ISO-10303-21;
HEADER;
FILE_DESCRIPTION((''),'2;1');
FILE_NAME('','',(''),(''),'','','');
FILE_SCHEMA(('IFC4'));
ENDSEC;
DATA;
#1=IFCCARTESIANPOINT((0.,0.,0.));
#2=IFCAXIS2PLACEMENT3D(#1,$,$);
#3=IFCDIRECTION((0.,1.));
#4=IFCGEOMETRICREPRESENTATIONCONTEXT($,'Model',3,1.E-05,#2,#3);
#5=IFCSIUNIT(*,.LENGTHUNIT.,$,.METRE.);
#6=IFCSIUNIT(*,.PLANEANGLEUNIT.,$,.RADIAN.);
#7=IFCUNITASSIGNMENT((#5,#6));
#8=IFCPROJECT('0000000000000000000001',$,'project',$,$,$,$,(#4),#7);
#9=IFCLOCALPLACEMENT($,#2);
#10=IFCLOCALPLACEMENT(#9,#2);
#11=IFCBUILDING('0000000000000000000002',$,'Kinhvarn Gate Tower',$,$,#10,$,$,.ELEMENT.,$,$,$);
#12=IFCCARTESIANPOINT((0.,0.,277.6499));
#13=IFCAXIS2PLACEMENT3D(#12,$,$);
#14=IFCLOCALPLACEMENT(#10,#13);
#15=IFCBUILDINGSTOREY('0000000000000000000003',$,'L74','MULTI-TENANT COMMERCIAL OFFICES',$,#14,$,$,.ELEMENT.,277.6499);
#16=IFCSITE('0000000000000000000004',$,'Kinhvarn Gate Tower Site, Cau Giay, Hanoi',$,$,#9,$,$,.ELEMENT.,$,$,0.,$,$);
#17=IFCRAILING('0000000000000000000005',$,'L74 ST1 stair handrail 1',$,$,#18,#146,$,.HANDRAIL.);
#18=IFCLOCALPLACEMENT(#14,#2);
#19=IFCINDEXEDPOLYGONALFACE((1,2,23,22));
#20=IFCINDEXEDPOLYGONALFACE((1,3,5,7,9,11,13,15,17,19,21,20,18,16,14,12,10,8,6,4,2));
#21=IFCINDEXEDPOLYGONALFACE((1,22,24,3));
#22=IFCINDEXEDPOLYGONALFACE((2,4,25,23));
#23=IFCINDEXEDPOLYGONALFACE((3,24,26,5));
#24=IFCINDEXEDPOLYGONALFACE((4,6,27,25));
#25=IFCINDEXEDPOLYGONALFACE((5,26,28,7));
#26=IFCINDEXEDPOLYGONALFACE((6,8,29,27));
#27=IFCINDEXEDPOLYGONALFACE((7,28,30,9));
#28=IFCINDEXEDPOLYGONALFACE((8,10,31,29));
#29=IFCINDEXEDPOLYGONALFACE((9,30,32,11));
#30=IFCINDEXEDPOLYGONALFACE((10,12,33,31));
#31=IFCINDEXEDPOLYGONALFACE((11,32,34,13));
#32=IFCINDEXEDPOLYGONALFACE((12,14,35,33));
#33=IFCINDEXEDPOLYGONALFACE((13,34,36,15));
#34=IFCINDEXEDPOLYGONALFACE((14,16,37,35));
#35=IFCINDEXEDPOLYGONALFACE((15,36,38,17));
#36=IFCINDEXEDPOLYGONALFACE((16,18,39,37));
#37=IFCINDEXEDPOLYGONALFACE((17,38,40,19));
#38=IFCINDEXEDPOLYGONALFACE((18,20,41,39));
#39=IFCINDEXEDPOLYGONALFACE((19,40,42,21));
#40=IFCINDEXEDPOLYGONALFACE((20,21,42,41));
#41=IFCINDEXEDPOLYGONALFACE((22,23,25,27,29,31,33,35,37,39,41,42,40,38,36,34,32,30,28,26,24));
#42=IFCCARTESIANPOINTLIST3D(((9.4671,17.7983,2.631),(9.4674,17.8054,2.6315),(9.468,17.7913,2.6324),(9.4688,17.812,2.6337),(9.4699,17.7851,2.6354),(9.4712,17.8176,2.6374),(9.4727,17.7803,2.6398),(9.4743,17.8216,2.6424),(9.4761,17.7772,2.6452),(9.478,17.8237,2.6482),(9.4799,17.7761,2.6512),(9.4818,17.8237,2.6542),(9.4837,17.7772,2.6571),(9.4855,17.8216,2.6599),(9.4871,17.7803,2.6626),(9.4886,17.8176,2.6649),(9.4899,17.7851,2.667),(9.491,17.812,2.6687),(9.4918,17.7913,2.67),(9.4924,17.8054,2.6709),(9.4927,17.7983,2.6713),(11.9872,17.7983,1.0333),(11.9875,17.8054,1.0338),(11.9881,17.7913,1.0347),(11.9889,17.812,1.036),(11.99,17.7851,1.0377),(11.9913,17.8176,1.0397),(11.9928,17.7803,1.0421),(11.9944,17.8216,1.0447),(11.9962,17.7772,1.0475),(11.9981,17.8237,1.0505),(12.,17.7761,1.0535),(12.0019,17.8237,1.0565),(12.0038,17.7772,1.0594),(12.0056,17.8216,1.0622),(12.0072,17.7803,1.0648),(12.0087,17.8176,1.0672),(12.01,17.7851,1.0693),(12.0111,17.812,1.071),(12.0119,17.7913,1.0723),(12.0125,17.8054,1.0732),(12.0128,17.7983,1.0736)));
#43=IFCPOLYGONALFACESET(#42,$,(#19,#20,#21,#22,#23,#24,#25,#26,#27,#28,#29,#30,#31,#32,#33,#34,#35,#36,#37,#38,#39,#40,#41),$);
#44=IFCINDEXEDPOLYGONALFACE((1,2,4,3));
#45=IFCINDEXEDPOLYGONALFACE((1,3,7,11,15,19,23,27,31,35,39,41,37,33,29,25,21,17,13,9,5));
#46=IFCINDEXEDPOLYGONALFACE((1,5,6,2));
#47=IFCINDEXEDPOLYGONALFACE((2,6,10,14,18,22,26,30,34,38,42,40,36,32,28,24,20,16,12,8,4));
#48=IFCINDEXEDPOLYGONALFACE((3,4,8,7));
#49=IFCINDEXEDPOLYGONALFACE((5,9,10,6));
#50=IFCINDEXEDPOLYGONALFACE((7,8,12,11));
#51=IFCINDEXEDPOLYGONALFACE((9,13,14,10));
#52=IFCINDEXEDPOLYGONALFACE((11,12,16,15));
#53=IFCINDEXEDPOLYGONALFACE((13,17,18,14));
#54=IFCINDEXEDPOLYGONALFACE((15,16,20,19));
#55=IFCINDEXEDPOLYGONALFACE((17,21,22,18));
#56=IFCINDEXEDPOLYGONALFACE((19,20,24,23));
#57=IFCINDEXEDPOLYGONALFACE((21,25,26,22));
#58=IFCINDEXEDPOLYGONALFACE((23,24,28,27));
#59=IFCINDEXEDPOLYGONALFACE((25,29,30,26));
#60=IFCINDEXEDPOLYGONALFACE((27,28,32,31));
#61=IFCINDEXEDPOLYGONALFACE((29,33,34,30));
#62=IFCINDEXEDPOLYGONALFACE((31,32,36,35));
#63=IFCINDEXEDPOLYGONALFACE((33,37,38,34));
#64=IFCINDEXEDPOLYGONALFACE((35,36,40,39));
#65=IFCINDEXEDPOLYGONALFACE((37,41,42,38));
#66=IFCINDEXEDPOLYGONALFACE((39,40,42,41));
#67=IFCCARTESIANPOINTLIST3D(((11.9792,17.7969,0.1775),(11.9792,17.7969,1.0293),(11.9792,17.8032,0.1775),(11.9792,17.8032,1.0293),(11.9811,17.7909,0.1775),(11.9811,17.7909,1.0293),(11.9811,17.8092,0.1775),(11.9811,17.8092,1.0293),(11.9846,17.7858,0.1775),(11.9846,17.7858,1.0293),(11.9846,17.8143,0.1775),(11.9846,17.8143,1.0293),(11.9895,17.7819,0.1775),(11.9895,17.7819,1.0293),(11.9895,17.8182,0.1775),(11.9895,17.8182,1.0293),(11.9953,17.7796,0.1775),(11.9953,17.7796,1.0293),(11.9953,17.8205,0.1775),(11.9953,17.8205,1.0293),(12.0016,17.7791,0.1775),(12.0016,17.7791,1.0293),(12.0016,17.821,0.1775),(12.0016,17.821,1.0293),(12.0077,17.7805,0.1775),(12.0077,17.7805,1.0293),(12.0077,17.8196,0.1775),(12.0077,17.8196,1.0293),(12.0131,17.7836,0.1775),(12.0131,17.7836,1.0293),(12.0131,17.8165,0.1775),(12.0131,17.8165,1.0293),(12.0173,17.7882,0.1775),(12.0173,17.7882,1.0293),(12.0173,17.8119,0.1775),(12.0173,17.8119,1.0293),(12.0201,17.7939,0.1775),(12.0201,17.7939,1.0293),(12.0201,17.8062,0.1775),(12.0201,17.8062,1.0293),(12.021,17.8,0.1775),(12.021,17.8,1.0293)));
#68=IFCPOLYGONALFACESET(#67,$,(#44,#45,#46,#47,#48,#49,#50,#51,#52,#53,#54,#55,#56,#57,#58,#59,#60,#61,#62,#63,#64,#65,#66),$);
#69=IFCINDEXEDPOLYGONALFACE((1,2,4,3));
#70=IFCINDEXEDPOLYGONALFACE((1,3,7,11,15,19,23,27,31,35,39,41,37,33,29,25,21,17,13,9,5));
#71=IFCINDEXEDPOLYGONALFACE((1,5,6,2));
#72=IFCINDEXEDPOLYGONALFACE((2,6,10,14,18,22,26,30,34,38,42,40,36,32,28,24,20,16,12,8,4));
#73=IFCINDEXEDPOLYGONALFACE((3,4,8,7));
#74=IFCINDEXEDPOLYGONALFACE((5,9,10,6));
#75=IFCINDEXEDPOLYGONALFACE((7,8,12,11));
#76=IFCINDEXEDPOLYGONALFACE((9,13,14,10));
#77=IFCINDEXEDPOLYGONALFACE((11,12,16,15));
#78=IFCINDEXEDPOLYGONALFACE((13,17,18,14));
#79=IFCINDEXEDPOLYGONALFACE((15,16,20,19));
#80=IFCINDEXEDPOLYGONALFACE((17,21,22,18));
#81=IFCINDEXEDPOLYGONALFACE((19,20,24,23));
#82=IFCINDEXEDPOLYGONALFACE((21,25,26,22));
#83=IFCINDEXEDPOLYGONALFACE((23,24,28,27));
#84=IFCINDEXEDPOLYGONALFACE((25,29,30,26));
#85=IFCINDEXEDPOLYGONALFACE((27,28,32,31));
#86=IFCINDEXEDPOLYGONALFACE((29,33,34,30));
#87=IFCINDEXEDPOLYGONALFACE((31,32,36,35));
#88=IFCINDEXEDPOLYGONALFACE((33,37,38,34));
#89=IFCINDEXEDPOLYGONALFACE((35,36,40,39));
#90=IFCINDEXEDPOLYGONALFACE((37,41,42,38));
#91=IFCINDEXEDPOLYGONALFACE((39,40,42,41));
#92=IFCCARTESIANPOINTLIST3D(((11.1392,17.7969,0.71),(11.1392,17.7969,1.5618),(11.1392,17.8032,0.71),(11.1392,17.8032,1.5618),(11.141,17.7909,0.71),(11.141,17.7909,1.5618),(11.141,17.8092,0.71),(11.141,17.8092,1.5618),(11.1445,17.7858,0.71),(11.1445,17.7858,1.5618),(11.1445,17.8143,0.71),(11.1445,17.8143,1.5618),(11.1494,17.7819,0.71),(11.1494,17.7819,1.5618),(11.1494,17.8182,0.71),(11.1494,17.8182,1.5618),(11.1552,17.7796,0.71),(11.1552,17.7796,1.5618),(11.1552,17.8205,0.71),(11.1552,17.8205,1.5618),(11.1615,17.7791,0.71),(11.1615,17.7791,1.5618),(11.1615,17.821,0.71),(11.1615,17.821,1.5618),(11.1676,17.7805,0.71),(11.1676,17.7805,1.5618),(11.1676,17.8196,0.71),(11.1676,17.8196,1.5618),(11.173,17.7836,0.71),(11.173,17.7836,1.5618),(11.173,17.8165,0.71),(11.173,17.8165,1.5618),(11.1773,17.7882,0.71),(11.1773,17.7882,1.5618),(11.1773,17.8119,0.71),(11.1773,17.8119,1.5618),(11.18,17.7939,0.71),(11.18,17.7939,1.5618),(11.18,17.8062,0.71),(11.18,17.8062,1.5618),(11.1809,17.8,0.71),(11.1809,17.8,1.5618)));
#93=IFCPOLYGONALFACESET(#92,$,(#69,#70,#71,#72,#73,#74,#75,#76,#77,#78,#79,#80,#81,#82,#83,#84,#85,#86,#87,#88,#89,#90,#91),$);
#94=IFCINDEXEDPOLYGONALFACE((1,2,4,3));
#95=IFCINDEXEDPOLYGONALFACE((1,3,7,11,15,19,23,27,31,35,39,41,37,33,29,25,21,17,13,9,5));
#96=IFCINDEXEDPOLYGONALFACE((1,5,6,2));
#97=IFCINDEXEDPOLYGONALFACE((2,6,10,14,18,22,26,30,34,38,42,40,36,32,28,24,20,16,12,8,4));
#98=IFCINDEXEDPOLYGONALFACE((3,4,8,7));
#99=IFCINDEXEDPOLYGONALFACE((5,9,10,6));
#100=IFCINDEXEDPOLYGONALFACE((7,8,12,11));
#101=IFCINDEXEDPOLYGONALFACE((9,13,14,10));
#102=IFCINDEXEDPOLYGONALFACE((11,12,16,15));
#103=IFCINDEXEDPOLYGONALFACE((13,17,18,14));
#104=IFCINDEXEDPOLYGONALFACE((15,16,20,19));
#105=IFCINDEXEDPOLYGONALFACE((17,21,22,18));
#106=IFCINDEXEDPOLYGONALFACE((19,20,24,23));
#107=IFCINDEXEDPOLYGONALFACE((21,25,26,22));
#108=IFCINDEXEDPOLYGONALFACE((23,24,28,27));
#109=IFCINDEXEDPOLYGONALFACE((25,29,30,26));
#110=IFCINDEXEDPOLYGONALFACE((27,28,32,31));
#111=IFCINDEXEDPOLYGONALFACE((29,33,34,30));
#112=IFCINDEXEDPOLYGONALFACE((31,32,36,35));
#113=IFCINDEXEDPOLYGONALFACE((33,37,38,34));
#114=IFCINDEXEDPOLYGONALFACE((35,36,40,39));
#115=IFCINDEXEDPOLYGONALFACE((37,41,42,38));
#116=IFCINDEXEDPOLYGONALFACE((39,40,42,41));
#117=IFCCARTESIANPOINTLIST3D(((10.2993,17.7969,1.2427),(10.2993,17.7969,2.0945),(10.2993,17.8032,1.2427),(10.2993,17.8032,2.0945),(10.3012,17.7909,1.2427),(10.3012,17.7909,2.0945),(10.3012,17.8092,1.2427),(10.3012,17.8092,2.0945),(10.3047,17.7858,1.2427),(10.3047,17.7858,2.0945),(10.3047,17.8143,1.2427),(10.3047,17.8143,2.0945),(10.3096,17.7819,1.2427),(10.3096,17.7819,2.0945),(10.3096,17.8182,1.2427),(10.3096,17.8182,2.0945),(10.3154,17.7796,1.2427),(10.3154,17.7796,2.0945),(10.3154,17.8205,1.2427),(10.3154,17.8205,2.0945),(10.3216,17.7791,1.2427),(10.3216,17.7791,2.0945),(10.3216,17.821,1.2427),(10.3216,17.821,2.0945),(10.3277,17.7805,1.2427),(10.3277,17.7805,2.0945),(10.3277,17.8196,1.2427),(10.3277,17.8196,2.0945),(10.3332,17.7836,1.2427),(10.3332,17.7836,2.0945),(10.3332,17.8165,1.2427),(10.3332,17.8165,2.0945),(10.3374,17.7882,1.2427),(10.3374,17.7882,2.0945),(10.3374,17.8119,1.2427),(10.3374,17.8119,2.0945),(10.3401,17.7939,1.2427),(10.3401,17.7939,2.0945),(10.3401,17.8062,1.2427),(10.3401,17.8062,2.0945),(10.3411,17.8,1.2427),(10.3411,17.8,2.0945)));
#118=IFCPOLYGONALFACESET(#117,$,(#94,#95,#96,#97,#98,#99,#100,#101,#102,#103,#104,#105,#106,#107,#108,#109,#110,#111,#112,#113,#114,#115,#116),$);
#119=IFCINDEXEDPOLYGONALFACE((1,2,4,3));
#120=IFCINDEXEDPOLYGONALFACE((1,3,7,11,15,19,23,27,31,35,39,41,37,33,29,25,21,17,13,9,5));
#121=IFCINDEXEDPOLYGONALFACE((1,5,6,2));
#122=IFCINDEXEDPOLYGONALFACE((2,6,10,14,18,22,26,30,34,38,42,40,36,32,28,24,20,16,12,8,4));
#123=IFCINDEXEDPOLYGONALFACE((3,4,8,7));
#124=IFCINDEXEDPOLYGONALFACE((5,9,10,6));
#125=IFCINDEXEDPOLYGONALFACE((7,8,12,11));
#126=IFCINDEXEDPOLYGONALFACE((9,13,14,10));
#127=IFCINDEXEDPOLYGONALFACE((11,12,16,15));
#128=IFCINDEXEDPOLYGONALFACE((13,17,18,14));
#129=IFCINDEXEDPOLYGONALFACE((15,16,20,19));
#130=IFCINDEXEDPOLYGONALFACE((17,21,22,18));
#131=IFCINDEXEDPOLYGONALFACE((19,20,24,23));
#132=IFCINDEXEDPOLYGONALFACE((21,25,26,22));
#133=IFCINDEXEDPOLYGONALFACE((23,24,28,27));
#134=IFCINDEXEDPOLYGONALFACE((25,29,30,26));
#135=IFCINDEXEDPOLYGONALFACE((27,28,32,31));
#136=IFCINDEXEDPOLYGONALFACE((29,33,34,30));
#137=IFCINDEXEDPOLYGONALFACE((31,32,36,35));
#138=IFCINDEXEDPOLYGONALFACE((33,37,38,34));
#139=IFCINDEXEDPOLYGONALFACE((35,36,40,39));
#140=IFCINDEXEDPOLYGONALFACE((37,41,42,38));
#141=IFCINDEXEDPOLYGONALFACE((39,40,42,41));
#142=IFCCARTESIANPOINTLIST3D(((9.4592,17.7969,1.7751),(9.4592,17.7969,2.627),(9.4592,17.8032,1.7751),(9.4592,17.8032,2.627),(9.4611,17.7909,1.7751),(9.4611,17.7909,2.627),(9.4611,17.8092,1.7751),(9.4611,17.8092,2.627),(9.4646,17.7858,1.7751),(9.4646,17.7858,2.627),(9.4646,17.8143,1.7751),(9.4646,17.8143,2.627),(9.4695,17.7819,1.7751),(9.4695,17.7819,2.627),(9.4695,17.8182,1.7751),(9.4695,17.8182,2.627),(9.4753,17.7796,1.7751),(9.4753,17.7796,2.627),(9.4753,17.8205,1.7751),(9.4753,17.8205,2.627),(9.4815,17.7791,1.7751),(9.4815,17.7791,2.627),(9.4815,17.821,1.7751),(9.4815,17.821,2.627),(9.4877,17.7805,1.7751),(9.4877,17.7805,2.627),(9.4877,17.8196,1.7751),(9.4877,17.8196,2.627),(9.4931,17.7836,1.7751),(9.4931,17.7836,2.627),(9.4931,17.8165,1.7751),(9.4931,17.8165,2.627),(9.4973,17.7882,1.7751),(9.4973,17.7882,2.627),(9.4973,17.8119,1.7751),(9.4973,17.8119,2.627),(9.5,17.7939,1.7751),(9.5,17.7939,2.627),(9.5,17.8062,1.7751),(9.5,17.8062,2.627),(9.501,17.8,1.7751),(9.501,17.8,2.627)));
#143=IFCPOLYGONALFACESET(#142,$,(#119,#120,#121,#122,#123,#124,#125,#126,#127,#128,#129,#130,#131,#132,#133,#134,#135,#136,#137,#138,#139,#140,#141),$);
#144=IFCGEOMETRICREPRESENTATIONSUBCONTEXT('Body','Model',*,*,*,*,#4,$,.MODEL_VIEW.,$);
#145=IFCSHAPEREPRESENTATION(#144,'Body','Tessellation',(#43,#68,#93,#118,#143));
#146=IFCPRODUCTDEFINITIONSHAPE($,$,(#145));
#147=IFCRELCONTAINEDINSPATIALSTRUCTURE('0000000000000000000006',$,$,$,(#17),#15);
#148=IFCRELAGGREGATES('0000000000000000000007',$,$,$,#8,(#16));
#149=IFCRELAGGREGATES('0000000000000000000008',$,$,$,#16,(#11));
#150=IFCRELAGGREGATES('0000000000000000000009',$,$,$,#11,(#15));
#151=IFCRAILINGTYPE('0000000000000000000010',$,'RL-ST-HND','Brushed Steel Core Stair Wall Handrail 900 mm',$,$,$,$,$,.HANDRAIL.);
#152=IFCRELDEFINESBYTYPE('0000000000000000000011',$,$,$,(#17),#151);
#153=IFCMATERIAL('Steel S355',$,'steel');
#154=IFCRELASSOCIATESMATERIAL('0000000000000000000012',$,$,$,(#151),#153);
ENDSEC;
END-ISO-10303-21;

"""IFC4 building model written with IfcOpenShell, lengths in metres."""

from ifc_helpers import new_model, si_unit, direction, frame, origin, origin_2d, place, context, subcontext, project, spatial, circle, extrude, material, type_object, element, save


model = new_model("IFC4")

# Units and contexts
model_context = context("Model", 3, precision=1e-05, world=origin(), true_north=direction((0.0, 1.0)))
body_context = subcontext(model_context, "Body", "Model", "MODEL_VIEW")
ifc_project = project(units=[si_unit("LENGTHUNIT", "METRE"), si_unit("PLANEANGLEUNIT", "RADIAN")], contexts=[model_context])

# Site, building, storey
site_placement = place(None, origin())
site = spatial("IfcSite", under=ifc_project, at=site_placement, Name="Kinhvarn Gate Tower Site, Cau Giay, Hanoi", CompositionType="ELEMENT", RefElevation=0.0)
building_placement = place(site_placement, origin())
building = spatial("IfcBuilding", under=site, at=building_placement, Name="Kinhvarn Gate Tower", CompositionType="ELEMENT")
storey_placement = place(building_placement, frame((0.0, 0.0, 277.6499)))
storey = spatial("IfcBuildingStorey", under=building, at=storey_placement, Name="L74", Description="MULTI-TENANT COMMERCIAL OFFICES", CompositionType="ELEMENT", Elevation=277.6499)

# Shared definitions
ifc_material_1 = material(Name="Steel S355", Category="steel")

# Railing
railing_type_1 = type_object("IfcRailingType", Name="RL-ST-HND", Description="Brushed Steel Core Stair Wall Handrail 900 mm", PredefinedType="HANDRAIL", material=ifc_material_1)
railing_1_placement = place(storey_placement, frame((12.0, 17.8, 0.1775)))
element("IfcRailing", 1, at=railing_1_placement, inside=storey, type_object=railing_type_1, Name="L74 ST1 stair handrail 1", PredefinedType="HANDRAIL", context=body_context, shape_type="SweptSolid", body=[
    extrude(circle(Radius=0.0239, at=origin_2d()), frame((0.0, 0.0, 0.876), z_axis=(-0.84457, 0.0, 0.535445), x_axis=(0.0, -1.0, 0.0)), (0.0, 0.0, 1.0), 2.9839),
    extrude(circle(Radius=0.021, at=origin_2d()), origin(), (0.0, 0.0, 1.0), 0.8518),
    extrude(circle(Radius=0.021, at=origin_2d()), frame((-0.8401, 0.0, 0.5325)), (0.0, 0.0, 1.0), 0.8518),
    extrude(circle(Radius=0.021, at=origin_2d()), frame((-1.6799, 0.0, 1.0652)), (0.0, 0.0, 1.0), 0.8518),
    extrude(circle(Radius=0.021, at=origin_2d()), frame((-2.52, 0.0, 1.5977)), (0.0, 0.0, 1.0), 0.8518),
])

save(model, "model.ifc")
